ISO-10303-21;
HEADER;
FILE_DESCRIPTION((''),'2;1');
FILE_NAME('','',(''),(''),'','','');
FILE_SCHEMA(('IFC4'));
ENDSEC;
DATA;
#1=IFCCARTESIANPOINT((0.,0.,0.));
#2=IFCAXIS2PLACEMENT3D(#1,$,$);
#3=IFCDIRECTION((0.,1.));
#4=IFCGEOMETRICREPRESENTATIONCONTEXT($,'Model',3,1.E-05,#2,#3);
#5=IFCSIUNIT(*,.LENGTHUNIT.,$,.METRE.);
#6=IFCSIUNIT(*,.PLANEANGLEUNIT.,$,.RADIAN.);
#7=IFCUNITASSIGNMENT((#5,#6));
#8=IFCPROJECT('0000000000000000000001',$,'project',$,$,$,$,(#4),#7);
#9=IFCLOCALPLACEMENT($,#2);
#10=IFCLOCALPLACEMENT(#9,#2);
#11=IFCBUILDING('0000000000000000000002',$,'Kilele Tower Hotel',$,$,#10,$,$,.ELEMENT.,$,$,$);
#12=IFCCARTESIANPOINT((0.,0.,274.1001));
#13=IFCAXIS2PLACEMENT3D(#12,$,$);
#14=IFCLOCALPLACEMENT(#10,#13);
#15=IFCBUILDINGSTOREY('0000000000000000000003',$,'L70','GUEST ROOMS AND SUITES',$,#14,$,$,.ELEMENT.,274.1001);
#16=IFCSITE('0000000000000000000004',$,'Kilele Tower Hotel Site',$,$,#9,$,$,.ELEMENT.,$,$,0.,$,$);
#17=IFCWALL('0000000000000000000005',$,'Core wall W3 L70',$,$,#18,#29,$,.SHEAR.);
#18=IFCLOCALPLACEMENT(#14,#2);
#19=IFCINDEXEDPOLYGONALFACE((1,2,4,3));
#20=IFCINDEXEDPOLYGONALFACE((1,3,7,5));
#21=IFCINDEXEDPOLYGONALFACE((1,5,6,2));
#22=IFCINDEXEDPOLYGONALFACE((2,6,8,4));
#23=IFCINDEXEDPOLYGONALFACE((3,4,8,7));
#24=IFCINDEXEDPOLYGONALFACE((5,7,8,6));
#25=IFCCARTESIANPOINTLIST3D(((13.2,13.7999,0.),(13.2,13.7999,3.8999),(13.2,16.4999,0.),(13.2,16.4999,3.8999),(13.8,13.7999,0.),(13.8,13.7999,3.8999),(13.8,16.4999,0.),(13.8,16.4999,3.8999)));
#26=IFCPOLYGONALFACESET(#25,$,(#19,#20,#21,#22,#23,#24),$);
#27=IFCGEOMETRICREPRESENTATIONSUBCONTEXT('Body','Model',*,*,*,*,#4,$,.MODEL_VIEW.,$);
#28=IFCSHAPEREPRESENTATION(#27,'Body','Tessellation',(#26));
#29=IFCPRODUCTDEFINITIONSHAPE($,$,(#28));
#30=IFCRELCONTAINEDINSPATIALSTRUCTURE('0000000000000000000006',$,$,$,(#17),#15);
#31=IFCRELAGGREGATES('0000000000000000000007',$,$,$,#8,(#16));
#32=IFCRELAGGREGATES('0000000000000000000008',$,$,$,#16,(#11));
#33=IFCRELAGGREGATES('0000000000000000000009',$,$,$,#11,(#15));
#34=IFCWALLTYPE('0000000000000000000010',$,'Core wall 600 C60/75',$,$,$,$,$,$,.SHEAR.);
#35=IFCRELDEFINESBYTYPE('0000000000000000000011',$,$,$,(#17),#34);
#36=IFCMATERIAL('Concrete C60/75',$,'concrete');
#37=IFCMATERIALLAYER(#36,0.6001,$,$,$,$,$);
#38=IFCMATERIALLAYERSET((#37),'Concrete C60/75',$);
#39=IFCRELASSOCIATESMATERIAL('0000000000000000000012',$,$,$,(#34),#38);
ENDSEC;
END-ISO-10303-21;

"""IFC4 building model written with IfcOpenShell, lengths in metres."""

from ifc_helpers import new_model, si_unit, direction, frame, frame_2d, origin, place, context, subcontext, project, spatial, rectangle, extrude, material, layer, layer_set, type_object, element, save


model = new_model("IFC4")

# Units and contexts
model_context = context("Model", 3, precision=1e-05, world=origin(), true_north=direction((0.0, 1.0)))
body_context = subcontext(model_context, "Body", "Model", "MODEL_VIEW")
ifc_project = project(units=[si_unit("LENGTHUNIT", "METRE"), si_unit("PLANEANGLEUNIT", "RADIAN")], contexts=[model_context])

# Site, building, storey
site_placement = place(None, origin())
site = spatial("IfcSite", under=ifc_project, at=site_placement, Name="Kilele Tower Hotel Site", CompositionType="ELEMENT", RefElevation=0.0)
building_placement = place(site_placement, origin())
building = spatial("IfcBuilding", under=site, at=building_placement, Name="Kilele Tower Hotel", CompositionType="ELEMENT")
storey_placement = place(building_placement, frame((0.0, 0.0, 274.1001)))
storey = spatial("IfcBuildingStorey", under=building, at=storey_placement, Name="L70", Description="GUEST ROOMS AND SUITES", CompositionType="ELEMENT", Elevation=274.1001)

# Shared definitions
ifc_material_1 = material(Name="Concrete C60/75", Category="concrete")
ifc_layer = layer(ifc_material_1, 0.6001)
ifc_layer_set = layer_set([ifc_layer], Name="Concrete C60/75")
wall_type = type_object("IfcWallType", Name="Core wall 600 C60/75", PredefinedType="SHEAR", material=ifc_layer_set)

# Wall
wall_1_placement = place(storey_placement, frame((13.5, 16.5, 0.0), z_axis=(0.0, 0.0, 1.0), x_axis=(0.0, -1.0, 0.0)))
element("IfcWall", 1, at=wall_1_placement, inside=storey, type_object=wall_type, Name="Core wall W3 L70", PredefinedType="SHEAR", context=body_context, shape_type="SweptSolid", body=[
    extrude(rectangle(XDim=2.7, YDim=0.6001, at=frame_2d((1.3501, 0.0))), origin(), (0.0, 0.0, 1.0), 3.8999),
])

save(model, "model.ifc")
